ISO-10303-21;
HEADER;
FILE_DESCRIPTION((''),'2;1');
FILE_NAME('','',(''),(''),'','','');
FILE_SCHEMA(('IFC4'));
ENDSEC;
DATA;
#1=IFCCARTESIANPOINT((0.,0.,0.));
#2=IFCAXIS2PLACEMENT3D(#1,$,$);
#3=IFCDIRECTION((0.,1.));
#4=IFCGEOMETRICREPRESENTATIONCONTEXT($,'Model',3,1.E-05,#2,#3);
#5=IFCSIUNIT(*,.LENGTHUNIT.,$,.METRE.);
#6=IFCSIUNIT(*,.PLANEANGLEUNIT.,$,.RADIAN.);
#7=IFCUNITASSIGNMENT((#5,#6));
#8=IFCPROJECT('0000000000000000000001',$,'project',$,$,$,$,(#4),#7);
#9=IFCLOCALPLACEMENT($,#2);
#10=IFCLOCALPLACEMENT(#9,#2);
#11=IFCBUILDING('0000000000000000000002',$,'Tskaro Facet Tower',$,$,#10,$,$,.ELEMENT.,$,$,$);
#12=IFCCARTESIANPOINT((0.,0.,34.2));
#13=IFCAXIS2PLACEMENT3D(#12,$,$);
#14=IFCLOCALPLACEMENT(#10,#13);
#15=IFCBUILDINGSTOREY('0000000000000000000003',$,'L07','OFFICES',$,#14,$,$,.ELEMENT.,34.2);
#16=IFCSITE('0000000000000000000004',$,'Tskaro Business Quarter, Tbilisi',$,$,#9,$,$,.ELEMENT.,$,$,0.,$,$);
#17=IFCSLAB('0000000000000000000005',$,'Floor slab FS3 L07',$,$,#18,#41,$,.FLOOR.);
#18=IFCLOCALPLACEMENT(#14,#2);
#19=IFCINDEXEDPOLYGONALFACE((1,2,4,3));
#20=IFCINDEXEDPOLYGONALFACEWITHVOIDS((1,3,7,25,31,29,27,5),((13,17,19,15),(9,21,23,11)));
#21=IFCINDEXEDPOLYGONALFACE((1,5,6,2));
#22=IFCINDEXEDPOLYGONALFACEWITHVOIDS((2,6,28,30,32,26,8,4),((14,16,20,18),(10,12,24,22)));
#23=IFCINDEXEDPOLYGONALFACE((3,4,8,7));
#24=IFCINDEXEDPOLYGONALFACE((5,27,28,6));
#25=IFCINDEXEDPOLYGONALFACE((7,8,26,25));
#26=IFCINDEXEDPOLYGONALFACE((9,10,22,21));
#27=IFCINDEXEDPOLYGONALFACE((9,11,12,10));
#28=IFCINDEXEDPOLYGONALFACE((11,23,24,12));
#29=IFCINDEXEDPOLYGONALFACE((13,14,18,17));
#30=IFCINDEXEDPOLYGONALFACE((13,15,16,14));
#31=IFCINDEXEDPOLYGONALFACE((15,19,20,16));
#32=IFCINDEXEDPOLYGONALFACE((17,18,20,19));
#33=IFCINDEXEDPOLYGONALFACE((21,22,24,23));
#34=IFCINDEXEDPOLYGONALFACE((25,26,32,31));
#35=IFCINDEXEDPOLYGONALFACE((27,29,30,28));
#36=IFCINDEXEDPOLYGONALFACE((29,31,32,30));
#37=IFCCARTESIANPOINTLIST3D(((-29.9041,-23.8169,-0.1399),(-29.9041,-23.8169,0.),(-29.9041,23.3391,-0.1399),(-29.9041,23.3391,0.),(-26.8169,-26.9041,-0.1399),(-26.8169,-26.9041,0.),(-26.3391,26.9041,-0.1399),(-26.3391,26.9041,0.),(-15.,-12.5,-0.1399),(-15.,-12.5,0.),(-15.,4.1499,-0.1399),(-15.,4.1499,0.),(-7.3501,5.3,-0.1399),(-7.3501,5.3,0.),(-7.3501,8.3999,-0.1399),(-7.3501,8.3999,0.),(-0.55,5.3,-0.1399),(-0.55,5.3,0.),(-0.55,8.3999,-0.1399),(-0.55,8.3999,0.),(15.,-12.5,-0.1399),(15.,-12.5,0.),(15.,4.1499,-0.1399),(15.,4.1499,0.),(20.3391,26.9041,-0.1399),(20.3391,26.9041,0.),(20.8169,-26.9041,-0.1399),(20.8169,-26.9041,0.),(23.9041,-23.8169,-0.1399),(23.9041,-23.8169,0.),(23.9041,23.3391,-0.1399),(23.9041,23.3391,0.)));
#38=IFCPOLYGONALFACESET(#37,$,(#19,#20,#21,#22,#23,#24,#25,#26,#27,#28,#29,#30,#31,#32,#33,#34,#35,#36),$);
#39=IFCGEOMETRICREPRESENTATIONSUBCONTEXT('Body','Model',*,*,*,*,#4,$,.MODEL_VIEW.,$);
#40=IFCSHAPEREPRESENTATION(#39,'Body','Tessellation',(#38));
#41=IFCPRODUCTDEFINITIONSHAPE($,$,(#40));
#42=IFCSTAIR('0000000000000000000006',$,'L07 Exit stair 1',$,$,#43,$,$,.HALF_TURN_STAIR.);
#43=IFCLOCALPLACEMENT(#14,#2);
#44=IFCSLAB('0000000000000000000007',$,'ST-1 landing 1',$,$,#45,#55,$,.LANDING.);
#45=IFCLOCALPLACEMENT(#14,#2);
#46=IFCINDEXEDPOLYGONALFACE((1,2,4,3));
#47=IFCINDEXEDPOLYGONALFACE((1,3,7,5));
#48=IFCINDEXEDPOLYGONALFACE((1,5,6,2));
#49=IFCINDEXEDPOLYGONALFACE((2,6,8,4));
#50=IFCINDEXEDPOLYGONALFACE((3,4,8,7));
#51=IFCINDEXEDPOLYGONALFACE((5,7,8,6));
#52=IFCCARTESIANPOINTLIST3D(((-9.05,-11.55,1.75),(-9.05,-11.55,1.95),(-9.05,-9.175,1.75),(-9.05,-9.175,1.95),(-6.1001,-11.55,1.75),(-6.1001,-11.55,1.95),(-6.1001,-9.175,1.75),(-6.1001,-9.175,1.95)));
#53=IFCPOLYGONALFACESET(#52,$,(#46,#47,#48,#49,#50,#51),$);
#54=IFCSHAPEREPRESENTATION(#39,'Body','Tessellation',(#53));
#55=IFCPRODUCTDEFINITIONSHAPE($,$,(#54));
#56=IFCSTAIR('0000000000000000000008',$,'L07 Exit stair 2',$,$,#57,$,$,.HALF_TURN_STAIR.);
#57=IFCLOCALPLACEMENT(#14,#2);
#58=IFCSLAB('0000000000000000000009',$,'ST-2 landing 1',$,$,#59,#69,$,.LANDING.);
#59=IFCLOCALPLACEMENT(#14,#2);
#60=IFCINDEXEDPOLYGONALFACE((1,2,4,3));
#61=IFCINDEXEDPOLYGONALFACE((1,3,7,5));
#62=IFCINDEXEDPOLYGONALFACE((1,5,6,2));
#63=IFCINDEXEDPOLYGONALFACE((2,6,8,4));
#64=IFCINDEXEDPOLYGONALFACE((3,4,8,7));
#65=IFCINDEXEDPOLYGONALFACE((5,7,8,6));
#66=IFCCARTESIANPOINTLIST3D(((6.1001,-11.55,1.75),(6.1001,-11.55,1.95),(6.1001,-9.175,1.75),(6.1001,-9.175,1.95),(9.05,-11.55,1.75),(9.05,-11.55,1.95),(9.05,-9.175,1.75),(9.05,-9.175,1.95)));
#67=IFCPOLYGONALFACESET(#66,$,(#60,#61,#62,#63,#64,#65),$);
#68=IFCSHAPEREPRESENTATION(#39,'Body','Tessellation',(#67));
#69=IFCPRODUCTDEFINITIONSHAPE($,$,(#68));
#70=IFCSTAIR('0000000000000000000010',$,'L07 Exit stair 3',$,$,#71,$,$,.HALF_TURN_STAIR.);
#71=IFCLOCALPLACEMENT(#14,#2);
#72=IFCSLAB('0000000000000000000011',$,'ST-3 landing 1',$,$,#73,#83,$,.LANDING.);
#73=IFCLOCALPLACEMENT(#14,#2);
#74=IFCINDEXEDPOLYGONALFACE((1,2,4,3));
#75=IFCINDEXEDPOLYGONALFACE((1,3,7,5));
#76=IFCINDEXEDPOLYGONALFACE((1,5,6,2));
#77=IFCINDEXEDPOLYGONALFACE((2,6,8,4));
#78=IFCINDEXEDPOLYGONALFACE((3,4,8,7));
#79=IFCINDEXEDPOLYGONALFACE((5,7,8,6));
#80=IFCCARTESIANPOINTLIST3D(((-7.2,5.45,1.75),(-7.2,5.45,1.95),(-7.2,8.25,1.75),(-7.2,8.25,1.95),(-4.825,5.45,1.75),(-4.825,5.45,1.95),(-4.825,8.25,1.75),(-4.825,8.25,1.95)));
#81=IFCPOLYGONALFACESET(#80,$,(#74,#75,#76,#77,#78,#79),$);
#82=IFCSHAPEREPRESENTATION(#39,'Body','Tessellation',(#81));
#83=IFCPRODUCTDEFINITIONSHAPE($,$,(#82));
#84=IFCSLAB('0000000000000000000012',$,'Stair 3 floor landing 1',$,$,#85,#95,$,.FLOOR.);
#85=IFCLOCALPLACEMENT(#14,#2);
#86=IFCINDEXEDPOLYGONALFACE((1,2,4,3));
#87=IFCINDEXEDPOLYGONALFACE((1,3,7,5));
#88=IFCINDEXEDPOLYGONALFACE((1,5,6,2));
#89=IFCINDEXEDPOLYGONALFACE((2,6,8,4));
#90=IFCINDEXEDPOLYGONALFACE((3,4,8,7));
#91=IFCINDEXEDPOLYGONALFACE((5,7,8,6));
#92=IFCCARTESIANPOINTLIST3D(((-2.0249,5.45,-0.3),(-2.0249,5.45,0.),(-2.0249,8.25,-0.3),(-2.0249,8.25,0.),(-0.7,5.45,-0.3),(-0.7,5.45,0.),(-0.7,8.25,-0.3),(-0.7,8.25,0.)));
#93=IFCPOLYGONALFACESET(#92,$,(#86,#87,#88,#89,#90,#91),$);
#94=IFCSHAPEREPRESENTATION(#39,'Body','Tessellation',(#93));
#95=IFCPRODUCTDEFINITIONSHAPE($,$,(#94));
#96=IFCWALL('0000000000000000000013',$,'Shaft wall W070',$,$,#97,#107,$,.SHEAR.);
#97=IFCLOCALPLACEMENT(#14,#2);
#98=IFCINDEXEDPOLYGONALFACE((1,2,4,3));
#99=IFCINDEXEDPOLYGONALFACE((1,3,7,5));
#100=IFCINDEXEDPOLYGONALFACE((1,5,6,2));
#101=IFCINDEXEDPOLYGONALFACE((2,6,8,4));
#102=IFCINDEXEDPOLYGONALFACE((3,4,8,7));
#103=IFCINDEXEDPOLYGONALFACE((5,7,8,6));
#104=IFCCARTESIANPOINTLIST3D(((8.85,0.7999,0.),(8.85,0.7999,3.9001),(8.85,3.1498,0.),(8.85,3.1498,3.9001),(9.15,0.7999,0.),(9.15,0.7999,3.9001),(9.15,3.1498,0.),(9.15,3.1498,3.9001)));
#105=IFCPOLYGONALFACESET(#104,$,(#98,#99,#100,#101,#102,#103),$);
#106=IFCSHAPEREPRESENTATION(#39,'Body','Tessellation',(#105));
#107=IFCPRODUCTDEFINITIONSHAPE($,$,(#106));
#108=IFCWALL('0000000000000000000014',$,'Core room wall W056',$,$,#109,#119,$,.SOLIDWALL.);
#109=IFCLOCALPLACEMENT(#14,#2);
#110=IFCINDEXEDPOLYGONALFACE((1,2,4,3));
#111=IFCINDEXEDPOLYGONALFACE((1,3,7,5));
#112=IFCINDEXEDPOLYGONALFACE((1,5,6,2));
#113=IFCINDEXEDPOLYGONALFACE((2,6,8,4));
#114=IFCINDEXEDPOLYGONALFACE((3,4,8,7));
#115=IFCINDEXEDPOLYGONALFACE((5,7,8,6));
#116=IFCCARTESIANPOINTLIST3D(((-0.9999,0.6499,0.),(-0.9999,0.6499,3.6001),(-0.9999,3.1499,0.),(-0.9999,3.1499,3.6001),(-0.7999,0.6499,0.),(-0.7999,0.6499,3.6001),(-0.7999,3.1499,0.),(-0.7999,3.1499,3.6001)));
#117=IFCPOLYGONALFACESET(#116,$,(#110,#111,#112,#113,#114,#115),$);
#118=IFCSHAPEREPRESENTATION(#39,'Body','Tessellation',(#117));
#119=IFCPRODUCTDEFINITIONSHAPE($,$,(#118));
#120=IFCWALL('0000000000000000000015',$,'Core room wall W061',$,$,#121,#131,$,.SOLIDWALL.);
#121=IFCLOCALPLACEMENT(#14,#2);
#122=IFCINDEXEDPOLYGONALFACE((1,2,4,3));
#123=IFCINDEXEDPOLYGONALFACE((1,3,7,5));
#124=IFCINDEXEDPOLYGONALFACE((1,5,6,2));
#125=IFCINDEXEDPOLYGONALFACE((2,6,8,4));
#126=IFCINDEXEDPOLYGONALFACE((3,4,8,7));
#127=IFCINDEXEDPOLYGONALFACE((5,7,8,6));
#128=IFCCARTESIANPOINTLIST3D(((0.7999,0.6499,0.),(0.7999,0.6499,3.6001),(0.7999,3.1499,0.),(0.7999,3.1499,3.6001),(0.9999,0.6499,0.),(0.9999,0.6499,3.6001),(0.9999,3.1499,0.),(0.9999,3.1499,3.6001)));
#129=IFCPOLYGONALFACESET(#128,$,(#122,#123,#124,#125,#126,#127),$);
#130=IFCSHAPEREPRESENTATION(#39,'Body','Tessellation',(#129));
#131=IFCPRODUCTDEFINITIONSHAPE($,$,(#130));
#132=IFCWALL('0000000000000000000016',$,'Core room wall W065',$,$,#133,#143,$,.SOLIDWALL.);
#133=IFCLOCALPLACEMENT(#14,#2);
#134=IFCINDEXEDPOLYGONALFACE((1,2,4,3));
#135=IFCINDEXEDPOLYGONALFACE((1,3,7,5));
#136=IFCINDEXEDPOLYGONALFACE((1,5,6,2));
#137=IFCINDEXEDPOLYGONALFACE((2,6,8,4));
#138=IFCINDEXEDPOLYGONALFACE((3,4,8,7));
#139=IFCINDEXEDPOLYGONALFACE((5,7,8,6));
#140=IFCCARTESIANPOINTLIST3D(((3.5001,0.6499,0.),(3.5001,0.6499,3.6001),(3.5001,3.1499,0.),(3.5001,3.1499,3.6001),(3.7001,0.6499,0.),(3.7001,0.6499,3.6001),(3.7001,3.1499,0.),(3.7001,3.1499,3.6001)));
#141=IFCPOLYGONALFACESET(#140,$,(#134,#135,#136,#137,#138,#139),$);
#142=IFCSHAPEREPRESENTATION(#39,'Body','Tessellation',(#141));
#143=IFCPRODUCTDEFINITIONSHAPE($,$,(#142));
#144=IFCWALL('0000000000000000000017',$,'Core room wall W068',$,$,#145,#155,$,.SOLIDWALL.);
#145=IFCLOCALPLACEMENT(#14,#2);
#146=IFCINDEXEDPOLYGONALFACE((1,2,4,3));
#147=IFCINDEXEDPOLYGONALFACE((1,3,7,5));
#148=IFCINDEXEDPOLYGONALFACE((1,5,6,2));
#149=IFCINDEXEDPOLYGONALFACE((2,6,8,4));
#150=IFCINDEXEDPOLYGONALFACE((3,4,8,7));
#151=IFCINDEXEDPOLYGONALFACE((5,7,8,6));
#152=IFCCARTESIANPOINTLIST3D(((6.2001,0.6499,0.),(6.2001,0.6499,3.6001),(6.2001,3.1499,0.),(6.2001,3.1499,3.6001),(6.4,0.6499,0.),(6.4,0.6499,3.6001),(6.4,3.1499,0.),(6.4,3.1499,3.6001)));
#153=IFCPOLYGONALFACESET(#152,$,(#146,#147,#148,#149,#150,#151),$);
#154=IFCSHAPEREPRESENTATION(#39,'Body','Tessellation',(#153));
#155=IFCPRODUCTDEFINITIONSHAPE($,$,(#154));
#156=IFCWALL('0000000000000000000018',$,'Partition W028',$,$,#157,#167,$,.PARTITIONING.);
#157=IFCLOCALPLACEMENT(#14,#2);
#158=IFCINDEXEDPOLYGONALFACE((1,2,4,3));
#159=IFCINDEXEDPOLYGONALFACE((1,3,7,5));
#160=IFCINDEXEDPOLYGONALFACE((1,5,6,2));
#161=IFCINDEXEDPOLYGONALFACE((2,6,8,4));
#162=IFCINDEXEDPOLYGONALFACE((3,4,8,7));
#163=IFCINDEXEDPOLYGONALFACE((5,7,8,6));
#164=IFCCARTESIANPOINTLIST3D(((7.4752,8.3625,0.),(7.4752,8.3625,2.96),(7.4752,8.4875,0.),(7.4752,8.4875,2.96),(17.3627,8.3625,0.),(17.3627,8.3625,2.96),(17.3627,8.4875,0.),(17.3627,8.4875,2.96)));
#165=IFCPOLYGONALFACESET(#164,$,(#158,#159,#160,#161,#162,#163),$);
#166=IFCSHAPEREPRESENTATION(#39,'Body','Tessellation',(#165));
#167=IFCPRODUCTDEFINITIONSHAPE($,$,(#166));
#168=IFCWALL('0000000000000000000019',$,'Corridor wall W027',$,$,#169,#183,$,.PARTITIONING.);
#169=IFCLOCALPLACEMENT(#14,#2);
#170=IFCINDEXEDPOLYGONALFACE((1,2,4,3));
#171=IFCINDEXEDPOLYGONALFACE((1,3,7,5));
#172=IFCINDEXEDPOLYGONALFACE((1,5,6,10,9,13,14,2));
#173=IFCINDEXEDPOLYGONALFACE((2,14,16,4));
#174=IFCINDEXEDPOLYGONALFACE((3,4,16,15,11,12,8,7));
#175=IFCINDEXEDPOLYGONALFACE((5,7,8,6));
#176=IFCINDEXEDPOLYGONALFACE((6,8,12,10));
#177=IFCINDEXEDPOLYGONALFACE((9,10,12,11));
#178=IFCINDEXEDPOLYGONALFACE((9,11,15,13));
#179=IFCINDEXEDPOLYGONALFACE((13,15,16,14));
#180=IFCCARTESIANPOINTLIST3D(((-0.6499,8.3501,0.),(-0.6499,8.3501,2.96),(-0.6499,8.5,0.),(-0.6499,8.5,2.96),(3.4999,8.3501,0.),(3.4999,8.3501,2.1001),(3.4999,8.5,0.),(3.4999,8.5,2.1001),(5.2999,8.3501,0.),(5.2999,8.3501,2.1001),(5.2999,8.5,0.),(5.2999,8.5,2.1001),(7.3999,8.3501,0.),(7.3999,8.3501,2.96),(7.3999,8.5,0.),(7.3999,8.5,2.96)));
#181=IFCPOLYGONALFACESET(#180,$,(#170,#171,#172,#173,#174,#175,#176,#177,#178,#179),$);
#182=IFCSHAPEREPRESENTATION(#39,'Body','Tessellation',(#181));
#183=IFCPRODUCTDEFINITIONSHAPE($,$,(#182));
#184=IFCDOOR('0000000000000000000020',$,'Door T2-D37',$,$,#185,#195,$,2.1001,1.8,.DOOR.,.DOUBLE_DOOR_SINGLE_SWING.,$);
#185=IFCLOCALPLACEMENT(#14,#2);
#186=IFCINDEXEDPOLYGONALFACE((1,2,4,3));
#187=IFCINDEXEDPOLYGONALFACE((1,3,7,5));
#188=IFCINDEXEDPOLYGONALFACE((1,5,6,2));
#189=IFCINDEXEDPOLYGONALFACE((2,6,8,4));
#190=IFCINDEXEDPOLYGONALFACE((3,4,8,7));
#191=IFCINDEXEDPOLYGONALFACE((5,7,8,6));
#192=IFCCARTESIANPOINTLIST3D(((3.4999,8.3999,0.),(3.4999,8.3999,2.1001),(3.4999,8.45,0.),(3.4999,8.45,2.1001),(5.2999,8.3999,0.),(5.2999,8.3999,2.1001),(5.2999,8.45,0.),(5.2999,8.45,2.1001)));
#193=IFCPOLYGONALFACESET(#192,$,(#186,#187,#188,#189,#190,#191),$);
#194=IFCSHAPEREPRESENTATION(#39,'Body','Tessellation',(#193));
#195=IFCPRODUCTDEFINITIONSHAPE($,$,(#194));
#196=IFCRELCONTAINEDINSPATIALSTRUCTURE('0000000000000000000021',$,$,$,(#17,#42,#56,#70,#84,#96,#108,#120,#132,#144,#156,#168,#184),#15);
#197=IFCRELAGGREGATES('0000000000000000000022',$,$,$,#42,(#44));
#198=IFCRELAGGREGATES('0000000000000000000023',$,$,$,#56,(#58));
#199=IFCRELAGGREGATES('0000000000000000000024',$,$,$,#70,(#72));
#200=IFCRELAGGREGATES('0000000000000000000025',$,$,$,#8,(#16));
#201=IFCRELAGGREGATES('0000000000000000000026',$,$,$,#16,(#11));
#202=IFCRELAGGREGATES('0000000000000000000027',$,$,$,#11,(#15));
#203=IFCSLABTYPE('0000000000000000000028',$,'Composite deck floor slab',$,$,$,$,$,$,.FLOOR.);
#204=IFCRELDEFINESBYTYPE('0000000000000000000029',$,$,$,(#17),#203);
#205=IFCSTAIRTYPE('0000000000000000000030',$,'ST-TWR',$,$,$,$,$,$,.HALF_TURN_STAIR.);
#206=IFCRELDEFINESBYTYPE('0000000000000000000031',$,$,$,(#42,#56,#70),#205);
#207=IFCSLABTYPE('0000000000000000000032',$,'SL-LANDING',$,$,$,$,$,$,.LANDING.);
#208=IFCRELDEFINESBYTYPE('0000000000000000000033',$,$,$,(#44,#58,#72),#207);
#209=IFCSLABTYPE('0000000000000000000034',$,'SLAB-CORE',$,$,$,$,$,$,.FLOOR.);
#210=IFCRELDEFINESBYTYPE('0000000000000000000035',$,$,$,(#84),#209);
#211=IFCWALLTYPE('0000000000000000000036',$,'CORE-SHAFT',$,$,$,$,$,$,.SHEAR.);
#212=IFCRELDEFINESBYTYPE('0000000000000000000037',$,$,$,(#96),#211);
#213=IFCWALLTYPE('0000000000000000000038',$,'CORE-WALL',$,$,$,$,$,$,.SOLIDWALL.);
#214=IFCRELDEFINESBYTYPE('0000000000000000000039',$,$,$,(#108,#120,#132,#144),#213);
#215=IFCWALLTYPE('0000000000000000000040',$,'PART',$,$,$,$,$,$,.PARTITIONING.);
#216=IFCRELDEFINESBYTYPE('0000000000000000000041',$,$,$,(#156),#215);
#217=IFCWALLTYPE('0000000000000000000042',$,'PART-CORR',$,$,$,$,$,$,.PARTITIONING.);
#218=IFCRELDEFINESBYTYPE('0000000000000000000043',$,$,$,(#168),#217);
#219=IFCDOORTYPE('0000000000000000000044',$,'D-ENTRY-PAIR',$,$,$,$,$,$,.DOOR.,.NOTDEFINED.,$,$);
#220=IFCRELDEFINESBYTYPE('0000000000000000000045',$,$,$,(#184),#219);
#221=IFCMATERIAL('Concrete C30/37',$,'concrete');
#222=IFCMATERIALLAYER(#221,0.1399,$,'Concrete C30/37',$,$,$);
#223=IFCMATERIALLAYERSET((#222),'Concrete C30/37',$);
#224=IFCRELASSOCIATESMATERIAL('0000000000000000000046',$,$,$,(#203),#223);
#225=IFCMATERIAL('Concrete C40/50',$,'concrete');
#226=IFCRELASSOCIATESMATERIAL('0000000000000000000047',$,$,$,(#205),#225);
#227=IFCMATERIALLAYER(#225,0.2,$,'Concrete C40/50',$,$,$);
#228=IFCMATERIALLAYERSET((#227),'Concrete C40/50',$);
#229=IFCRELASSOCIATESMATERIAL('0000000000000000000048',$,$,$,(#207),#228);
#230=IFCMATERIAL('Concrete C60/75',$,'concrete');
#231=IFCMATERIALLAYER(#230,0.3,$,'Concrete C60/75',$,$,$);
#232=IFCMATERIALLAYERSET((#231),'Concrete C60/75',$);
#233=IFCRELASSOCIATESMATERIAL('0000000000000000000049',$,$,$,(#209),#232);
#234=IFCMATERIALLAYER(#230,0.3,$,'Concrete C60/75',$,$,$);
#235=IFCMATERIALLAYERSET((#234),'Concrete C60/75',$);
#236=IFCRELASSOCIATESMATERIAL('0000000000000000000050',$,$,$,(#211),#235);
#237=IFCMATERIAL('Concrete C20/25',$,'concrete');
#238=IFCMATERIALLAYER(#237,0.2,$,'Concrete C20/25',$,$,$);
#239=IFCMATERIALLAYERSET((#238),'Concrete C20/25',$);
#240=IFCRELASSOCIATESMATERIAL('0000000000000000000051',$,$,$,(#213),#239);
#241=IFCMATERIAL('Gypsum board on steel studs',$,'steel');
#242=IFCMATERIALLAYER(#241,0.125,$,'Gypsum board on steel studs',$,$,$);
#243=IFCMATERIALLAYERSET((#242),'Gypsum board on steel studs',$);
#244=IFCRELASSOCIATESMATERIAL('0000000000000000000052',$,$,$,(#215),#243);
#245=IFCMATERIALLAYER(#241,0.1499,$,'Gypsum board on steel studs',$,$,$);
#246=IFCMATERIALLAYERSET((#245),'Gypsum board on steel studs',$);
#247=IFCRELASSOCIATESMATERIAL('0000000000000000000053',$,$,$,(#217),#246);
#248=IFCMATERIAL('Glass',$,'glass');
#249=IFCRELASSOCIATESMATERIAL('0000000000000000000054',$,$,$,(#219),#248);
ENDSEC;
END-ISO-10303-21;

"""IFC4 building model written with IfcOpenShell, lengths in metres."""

from ifc_helpers import new_model, si_unit, direction, frame, frame_2d, origin, place, context, subcontext, project, spatial, polyline, rectangle, outline, extrude, material, layer, layer_set, type_object, element, fill, aggregate, save


model = new_model("IFC4")

# Units and contexts
model_context = context("Model", 3, precision=1e-05, world=origin(), true_north=direction((0.0, 1.0)))
body_context = subcontext(model_context, "Body", "Model", "MODEL_VIEW")
ifc_project = project(units=[si_unit("LENGTHUNIT", "METRE"), si_unit("PLANEANGLEUNIT", "RADIAN")], contexts=[model_context])

# Site, building, storey
site_placement = place(None, origin())
site = spatial("IfcSite", under=ifc_project, at=site_placement, Name="Tskaro Business Quarter, Tbilisi", CompositionType="ELEMENT", RefElevation=0.0)
building_placement = place(site_placement, origin())
building = spatial("IfcBuilding", under=site, at=building_placement, Name="Tskaro Facet Tower", CompositionType="ELEMENT")
storey_placement = place(building_placement, frame((0.0, 0.0, 34.2)))
storey = spatial("IfcBuildingStorey", under=building, at=storey_placement, Name="L07", Description="OFFICES", CompositionType="ELEMENT", Elevation=34.2)

# Slab
ifc_material_1 = material(Name="Concrete C30/37", Category="concrete")
ifc_layer_1 = layer(ifc_material_1, 0.1399, Name="Concrete C30/37")
ifc_layer_set_1 = layer_set([ifc_layer_1], Name="Concrete C30/37")
slab_type_1 = type_object("IfcSlabType", Name="Composite deck floor slab", PredefinedType="FLOOR", material=ifc_layer_set_1)
slab_1_placement = place(storey_placement, frame((0.0, 0.0, -0.1399)))
element("IfcSlab", 1, at=slab_1_placement, inside=storey, type_object=slab_type_1, Name="Floor slab FS3 L07", PredefinedType="FLOOR", context=body_context, shape_type="SweptSolid", body=[
    extrude(outline(polyline([(-26.8169, -26.9041), (20.8169, -26.9041), (23.9041, -23.8169), (23.9041, 23.3391), (20.3391, 26.9041), (-26.3391, 26.9041), (-29.9041, 23.3391), (-29.9041, -23.8169), (-26.8169, -26.9041)]), holes=[polyline([(-15.0, -12.5), (15.0, -12.5), (15.0, 4.1499), (-15.0, 4.1499), (-15.0, -12.5)]), polyline([(-7.3501, 5.3), (-0.55, 5.3), (-0.55, 8.3999), (-7.3501, 8.3999), (-7.3501, 5.3)])]), origin(), (0.0, 0.0, 1.0), 0.1399),
])

# Stairs, slabs
ifc_material_2 = material(Name="Concrete C40/50", Category="concrete")
stair_type = type_object("IfcStairType", Name="ST-TWR", PredefinedType="HALF_TURN_STAIR", material=ifc_material_2)
stair_1_placement = place(storey_placement, origin())
stair_1 = element("IfcStair", 2, at=stair_1_placement, inside=storey, type_object=stair_type, Name="L07 Exit stair 1", PredefinedType="HALF_TURN_STAIR")
ifc_layer_2 = layer(ifc_material_2, 0.2, Name="Concrete C40/50")
ifc_layer_set_2 = layer_set([ifc_layer_2], Name="Concrete C40/50")
slab_type_2 = type_object("IfcSlabType", Name="SL-LANDING", PredefinedType="LANDING", material=ifc_layer_set_2)
slab_2_placement = place(storey_placement, frame((0.0, 0.0, 1.75)))
slab_2 = element("IfcSlab", 3, at=slab_2_placement, type_object=slab_type_2, Name="ST-1 landing 1", PredefinedType="LANDING", context=body_context, shape_type="SweptSolid", body=[
    extrude(outline(polyline([(-9.05, -11.55), (-6.1001, -11.55), (-6.1001, -9.175), (-9.05, -9.175), (-9.05, -11.55)])), origin(), (0.0, 0.0, 1.0), 0.2),
])
aggregate(stair_1, [slab_2])
stair_2_placement = place(storey_placement, origin())
stair_2 = element("IfcStair", 4, at=stair_2_placement, inside=storey, type_object=stair_type, Name="L07 Exit stair 2", PredefinedType="HALF_TURN_STAIR")
slab_3_placement = place(storey_placement, frame((0.0, 0.0, 1.75)))
slab_3 = element("IfcSlab", 5, at=slab_3_placement, type_object=slab_type_2, Name="ST-2 landing 1", PredefinedType="LANDING", context=body_context, shape_type="SweptSolid", body=[
    extrude(outline(polyline([(6.1001, -11.55), (9.05, -11.55), (9.05, -9.175), (6.1001, -9.175), (6.1001, -11.55)])), origin(), (0.0, 0.0, 1.0), 0.2),
])
aggregate(stair_2, [slab_3])
stair_3_placement = place(storey_placement, origin())
stair_3 = element("IfcStair", 6, at=stair_3_placement, inside=storey, type_object=stair_type, Name="L07 Exit stair 3", PredefinedType="HALF_TURN_STAIR")
slab_4_placement = place(storey_placement, frame((0.0, 0.0, 1.75)))
slab_4 = element("IfcSlab", 7, at=slab_4_placement, type_object=slab_type_2, Name="ST-3 landing 1", PredefinedType="LANDING", context=body_context, shape_type="SweptSolid", body=[
    extrude(outline(polyline([(-7.2, 5.45), (-4.825, 5.45), (-4.825, 8.25), (-7.2, 8.25), (-7.2, 5.45)])), origin(), (0.0, 0.0, 1.0), 0.2),
])

# Slab
ifc_material_3 = material(Name="Concrete C60/75", Category="concrete")
ifc_layer_3 = layer(ifc_material_3, 0.3, Name="Concrete C60/75")
ifc_layer_set_3 = layer_set([ifc_layer_3], Name="Concrete C60/75")
slab_type_3 = type_object("IfcSlabType", Name="SLAB-CORE", PredefinedType="FLOOR", material=ifc_layer_set_3)
slab_5_placement = place(storey_placement, frame((0.0, 0.0, -0.3)))
element("IfcSlab", 8, at=slab_5_placement, inside=storey, type_object=slab_type_3, Name="Stair 3 floor landing 1", PredefinedType="FLOOR", context=body_context, shape_type="SweptSolid", body=[
    extrude(outline(polyline([(-2.0249, 5.45), (-0.7, 5.45), (-0.7, 8.25), (-2.0249, 8.25), (-2.0249, 5.45)])), origin(), (0.0, 0.0, 1.0), 0.3),
])

# Walls
ifc_layer_4 = layer(ifc_material_3, 0.3, Name="Concrete C60/75")
ifc_layer_set_4 = layer_set([ifc_layer_4], Name="Concrete C60/75")
wall_type_1 = type_object("IfcWallType", Name="CORE-SHAFT", PredefinedType="SHEAR", material=ifc_layer_set_4)
wall_1_placement = place(storey_placement, frame((9.0, 0.8, 0.0), z_axis=(0.0, 0.0, 1.0), x_axis=(0.0, 1.0, 0.0)))
element("IfcWall", 9, at=wall_1_placement, inside=storey, type_object=wall_type_1, Name="Shaft wall W070", PredefinedType="SHEAR", context=body_context, shape_type="SweptSolid", body=[
    extrude(rectangle(XDim=2.3499, YDim=0.3, at=frame_2d((1.1748, 0.0))), origin(), (0.0, 0.0, 1.0), 3.9001),
])
ifc_material_4 = material(Name="Concrete C20/25", Category="concrete")
ifc_layer_5 = layer(ifc_material_4, 0.2, Name="Concrete C20/25")
ifc_layer_set_5 = layer_set([ifc_layer_5], Name="Concrete C20/25")
wall_type_2 = type_object("IfcWallType", Name="CORE-WALL", PredefinedType="SOLIDWALL", material=ifc_layer_set_5)
for number, where, z_axis, x_axis, name in (
    (10, (-0.8999, 0.6499, 0.0), (0.0, 0.0, 1.0), (0.0, 1.0, 0.0), "Core room wall W056"),
    (11, (0.8999, 0.6499, 0.0), (0.0, 0.0, 1.0), (0.0, 1.0, 0.0), "Core room wall W061"),
    (12, (3.6001, 0.6499, 0.0), (0.0, 0.0, 1.0), (0.0, 1.0, 0.0), "Core room wall W065"),
    (13, (6.3, 0.6499, 0.0), (0.0, 0.0, 1.0), (0.0, 1.0, 0.0), "Core room wall W068"),
):
    element("IfcWall", number, at=place(storey_placement, frame(where, z_axis=z_axis, x_axis=x_axis)), inside=storey, type_object=wall_type_2, Name=name, PredefinedType="SOLIDWALL", context=body_context, shape_type="SweptSolid", body=[
        extrude(rectangle(XDim=2.5, YDim=0.2, at=frame_2d((1.25, 0.0))), origin(), (0.0, 0.0, 1.0), 3.6001),
    ])
ifc_material_5 = material(Name="Gypsum board on steel studs", Category="steel")
ifc_layer_6 = layer(ifc_material_5, 0.125, Name="Gypsum board on steel studs")
ifc_layer_set_6 = layer_set([ifc_layer_6], Name="Gypsum board on steel studs")
wall_type_3 = type_object("IfcWallType", Name="PART", PredefinedType="PARTITIONING", material=ifc_layer_set_6)
wall_2_placement = place(storey_placement, frame((7.4751, 8.425, 0.0), z_axis=(0.0, 0.0, 1.0), x_axis=(1.0, 0.0, 0.0)))
element("IfcWall", 14, at=wall_2_placement, inside=storey, type_object=wall_type_3, Name="Partition W028", PredefinedType="PARTITIONING", context=body_context, shape_type="SweptSolid", body=[
    extrude(rectangle(XDim=9.8875, YDim=0.125, at=frame_2d((4.9438, 0.0))), origin(), (0.0, 0.0, 1.0), 2.96),
])

# Wall, opening, door
ifc_layer_7 = layer(ifc_material_5, 0.1499, Name="Gypsum board on steel studs")
ifc_layer_set_7 = layer_set([ifc_layer_7], Name="Gypsum board on steel studs")
wall_type_4 = type_object("IfcWallType", Name="PART-CORR", PredefinedType="PARTITIONING", material=ifc_layer_set_7)
wall_3_placement = place(storey_placement, frame((-0.6499, 8.425, 0.0), z_axis=(0.0, 0.0, 1.0), x_axis=(1.0, 0.0, 0.0)))
wall_3 = element("IfcWall", 15, at=wall_3_placement, inside=storey, type_object=wall_type_4, Name="Corridor wall W027", PredefinedType="PARTITIONING", context=body_context, shape_type="SweptSolid", body=[
    extrude(rectangle(XDim=8.0498, YDim=0.1499, at=frame_2d((4.0249, 0.0))), origin(), (0.0, 0.0, 1.0), 2.96),
])
opening_placement = place(wall_3_placement, frame((4.1499, 0.0, 0.0)))
opening = element("IfcOpeningElement", 16, at=opening_placement, cuts=wall_3, PredefinedType="OPENING", context=body_context, shape_type="SweptSolid", body=[
    extrude(rectangle(XDim=1.8, YDim=2.1001, at=frame_2d((0.8999, 1.05))), frame((0.0, 0.085, 0.0), z_axis=(0.0, -1.0, 0.0), x_axis=(1.0, 0.0, 0.0)), (0.0, 0.0, 1.0), 0.1699),
])
ifc_material_6 = material(Name="Glass", Category="glass")
door_type = type_object("IfcDoorType", Name="D-ENTRY-PAIR", OperationType="NOTDEFINED", PredefinedType="DOOR", material=ifc_material_6)
door_placement = place(opening_placement, origin())
door = element("IfcDoor", 17, at=door_placement, inside=storey, type_object=door_type, Name="Door T2-D37", OperationType="DOUBLE_DOOR_SINGLE_SWING", OverallHeight=2.1001, OverallWidth=1.8, PredefinedType="DOOR", context=body_context, shape_type="SweptSolid", body=[
    extrude(rectangle(XDim=1.8, YDim=2.1001, at=frame_2d((0.8999, 1.05))), frame((0.0, 0.0249, 0.0), z_axis=(0.0, -1.0, 0.0), x_axis=(1.0, 0.0, 0.0)), (0.0, 0.0, 1.0), 0.05),
])
fill(opening, door)

aggregate(stair_3, [slab_4])

save(model, "model.ifc")
